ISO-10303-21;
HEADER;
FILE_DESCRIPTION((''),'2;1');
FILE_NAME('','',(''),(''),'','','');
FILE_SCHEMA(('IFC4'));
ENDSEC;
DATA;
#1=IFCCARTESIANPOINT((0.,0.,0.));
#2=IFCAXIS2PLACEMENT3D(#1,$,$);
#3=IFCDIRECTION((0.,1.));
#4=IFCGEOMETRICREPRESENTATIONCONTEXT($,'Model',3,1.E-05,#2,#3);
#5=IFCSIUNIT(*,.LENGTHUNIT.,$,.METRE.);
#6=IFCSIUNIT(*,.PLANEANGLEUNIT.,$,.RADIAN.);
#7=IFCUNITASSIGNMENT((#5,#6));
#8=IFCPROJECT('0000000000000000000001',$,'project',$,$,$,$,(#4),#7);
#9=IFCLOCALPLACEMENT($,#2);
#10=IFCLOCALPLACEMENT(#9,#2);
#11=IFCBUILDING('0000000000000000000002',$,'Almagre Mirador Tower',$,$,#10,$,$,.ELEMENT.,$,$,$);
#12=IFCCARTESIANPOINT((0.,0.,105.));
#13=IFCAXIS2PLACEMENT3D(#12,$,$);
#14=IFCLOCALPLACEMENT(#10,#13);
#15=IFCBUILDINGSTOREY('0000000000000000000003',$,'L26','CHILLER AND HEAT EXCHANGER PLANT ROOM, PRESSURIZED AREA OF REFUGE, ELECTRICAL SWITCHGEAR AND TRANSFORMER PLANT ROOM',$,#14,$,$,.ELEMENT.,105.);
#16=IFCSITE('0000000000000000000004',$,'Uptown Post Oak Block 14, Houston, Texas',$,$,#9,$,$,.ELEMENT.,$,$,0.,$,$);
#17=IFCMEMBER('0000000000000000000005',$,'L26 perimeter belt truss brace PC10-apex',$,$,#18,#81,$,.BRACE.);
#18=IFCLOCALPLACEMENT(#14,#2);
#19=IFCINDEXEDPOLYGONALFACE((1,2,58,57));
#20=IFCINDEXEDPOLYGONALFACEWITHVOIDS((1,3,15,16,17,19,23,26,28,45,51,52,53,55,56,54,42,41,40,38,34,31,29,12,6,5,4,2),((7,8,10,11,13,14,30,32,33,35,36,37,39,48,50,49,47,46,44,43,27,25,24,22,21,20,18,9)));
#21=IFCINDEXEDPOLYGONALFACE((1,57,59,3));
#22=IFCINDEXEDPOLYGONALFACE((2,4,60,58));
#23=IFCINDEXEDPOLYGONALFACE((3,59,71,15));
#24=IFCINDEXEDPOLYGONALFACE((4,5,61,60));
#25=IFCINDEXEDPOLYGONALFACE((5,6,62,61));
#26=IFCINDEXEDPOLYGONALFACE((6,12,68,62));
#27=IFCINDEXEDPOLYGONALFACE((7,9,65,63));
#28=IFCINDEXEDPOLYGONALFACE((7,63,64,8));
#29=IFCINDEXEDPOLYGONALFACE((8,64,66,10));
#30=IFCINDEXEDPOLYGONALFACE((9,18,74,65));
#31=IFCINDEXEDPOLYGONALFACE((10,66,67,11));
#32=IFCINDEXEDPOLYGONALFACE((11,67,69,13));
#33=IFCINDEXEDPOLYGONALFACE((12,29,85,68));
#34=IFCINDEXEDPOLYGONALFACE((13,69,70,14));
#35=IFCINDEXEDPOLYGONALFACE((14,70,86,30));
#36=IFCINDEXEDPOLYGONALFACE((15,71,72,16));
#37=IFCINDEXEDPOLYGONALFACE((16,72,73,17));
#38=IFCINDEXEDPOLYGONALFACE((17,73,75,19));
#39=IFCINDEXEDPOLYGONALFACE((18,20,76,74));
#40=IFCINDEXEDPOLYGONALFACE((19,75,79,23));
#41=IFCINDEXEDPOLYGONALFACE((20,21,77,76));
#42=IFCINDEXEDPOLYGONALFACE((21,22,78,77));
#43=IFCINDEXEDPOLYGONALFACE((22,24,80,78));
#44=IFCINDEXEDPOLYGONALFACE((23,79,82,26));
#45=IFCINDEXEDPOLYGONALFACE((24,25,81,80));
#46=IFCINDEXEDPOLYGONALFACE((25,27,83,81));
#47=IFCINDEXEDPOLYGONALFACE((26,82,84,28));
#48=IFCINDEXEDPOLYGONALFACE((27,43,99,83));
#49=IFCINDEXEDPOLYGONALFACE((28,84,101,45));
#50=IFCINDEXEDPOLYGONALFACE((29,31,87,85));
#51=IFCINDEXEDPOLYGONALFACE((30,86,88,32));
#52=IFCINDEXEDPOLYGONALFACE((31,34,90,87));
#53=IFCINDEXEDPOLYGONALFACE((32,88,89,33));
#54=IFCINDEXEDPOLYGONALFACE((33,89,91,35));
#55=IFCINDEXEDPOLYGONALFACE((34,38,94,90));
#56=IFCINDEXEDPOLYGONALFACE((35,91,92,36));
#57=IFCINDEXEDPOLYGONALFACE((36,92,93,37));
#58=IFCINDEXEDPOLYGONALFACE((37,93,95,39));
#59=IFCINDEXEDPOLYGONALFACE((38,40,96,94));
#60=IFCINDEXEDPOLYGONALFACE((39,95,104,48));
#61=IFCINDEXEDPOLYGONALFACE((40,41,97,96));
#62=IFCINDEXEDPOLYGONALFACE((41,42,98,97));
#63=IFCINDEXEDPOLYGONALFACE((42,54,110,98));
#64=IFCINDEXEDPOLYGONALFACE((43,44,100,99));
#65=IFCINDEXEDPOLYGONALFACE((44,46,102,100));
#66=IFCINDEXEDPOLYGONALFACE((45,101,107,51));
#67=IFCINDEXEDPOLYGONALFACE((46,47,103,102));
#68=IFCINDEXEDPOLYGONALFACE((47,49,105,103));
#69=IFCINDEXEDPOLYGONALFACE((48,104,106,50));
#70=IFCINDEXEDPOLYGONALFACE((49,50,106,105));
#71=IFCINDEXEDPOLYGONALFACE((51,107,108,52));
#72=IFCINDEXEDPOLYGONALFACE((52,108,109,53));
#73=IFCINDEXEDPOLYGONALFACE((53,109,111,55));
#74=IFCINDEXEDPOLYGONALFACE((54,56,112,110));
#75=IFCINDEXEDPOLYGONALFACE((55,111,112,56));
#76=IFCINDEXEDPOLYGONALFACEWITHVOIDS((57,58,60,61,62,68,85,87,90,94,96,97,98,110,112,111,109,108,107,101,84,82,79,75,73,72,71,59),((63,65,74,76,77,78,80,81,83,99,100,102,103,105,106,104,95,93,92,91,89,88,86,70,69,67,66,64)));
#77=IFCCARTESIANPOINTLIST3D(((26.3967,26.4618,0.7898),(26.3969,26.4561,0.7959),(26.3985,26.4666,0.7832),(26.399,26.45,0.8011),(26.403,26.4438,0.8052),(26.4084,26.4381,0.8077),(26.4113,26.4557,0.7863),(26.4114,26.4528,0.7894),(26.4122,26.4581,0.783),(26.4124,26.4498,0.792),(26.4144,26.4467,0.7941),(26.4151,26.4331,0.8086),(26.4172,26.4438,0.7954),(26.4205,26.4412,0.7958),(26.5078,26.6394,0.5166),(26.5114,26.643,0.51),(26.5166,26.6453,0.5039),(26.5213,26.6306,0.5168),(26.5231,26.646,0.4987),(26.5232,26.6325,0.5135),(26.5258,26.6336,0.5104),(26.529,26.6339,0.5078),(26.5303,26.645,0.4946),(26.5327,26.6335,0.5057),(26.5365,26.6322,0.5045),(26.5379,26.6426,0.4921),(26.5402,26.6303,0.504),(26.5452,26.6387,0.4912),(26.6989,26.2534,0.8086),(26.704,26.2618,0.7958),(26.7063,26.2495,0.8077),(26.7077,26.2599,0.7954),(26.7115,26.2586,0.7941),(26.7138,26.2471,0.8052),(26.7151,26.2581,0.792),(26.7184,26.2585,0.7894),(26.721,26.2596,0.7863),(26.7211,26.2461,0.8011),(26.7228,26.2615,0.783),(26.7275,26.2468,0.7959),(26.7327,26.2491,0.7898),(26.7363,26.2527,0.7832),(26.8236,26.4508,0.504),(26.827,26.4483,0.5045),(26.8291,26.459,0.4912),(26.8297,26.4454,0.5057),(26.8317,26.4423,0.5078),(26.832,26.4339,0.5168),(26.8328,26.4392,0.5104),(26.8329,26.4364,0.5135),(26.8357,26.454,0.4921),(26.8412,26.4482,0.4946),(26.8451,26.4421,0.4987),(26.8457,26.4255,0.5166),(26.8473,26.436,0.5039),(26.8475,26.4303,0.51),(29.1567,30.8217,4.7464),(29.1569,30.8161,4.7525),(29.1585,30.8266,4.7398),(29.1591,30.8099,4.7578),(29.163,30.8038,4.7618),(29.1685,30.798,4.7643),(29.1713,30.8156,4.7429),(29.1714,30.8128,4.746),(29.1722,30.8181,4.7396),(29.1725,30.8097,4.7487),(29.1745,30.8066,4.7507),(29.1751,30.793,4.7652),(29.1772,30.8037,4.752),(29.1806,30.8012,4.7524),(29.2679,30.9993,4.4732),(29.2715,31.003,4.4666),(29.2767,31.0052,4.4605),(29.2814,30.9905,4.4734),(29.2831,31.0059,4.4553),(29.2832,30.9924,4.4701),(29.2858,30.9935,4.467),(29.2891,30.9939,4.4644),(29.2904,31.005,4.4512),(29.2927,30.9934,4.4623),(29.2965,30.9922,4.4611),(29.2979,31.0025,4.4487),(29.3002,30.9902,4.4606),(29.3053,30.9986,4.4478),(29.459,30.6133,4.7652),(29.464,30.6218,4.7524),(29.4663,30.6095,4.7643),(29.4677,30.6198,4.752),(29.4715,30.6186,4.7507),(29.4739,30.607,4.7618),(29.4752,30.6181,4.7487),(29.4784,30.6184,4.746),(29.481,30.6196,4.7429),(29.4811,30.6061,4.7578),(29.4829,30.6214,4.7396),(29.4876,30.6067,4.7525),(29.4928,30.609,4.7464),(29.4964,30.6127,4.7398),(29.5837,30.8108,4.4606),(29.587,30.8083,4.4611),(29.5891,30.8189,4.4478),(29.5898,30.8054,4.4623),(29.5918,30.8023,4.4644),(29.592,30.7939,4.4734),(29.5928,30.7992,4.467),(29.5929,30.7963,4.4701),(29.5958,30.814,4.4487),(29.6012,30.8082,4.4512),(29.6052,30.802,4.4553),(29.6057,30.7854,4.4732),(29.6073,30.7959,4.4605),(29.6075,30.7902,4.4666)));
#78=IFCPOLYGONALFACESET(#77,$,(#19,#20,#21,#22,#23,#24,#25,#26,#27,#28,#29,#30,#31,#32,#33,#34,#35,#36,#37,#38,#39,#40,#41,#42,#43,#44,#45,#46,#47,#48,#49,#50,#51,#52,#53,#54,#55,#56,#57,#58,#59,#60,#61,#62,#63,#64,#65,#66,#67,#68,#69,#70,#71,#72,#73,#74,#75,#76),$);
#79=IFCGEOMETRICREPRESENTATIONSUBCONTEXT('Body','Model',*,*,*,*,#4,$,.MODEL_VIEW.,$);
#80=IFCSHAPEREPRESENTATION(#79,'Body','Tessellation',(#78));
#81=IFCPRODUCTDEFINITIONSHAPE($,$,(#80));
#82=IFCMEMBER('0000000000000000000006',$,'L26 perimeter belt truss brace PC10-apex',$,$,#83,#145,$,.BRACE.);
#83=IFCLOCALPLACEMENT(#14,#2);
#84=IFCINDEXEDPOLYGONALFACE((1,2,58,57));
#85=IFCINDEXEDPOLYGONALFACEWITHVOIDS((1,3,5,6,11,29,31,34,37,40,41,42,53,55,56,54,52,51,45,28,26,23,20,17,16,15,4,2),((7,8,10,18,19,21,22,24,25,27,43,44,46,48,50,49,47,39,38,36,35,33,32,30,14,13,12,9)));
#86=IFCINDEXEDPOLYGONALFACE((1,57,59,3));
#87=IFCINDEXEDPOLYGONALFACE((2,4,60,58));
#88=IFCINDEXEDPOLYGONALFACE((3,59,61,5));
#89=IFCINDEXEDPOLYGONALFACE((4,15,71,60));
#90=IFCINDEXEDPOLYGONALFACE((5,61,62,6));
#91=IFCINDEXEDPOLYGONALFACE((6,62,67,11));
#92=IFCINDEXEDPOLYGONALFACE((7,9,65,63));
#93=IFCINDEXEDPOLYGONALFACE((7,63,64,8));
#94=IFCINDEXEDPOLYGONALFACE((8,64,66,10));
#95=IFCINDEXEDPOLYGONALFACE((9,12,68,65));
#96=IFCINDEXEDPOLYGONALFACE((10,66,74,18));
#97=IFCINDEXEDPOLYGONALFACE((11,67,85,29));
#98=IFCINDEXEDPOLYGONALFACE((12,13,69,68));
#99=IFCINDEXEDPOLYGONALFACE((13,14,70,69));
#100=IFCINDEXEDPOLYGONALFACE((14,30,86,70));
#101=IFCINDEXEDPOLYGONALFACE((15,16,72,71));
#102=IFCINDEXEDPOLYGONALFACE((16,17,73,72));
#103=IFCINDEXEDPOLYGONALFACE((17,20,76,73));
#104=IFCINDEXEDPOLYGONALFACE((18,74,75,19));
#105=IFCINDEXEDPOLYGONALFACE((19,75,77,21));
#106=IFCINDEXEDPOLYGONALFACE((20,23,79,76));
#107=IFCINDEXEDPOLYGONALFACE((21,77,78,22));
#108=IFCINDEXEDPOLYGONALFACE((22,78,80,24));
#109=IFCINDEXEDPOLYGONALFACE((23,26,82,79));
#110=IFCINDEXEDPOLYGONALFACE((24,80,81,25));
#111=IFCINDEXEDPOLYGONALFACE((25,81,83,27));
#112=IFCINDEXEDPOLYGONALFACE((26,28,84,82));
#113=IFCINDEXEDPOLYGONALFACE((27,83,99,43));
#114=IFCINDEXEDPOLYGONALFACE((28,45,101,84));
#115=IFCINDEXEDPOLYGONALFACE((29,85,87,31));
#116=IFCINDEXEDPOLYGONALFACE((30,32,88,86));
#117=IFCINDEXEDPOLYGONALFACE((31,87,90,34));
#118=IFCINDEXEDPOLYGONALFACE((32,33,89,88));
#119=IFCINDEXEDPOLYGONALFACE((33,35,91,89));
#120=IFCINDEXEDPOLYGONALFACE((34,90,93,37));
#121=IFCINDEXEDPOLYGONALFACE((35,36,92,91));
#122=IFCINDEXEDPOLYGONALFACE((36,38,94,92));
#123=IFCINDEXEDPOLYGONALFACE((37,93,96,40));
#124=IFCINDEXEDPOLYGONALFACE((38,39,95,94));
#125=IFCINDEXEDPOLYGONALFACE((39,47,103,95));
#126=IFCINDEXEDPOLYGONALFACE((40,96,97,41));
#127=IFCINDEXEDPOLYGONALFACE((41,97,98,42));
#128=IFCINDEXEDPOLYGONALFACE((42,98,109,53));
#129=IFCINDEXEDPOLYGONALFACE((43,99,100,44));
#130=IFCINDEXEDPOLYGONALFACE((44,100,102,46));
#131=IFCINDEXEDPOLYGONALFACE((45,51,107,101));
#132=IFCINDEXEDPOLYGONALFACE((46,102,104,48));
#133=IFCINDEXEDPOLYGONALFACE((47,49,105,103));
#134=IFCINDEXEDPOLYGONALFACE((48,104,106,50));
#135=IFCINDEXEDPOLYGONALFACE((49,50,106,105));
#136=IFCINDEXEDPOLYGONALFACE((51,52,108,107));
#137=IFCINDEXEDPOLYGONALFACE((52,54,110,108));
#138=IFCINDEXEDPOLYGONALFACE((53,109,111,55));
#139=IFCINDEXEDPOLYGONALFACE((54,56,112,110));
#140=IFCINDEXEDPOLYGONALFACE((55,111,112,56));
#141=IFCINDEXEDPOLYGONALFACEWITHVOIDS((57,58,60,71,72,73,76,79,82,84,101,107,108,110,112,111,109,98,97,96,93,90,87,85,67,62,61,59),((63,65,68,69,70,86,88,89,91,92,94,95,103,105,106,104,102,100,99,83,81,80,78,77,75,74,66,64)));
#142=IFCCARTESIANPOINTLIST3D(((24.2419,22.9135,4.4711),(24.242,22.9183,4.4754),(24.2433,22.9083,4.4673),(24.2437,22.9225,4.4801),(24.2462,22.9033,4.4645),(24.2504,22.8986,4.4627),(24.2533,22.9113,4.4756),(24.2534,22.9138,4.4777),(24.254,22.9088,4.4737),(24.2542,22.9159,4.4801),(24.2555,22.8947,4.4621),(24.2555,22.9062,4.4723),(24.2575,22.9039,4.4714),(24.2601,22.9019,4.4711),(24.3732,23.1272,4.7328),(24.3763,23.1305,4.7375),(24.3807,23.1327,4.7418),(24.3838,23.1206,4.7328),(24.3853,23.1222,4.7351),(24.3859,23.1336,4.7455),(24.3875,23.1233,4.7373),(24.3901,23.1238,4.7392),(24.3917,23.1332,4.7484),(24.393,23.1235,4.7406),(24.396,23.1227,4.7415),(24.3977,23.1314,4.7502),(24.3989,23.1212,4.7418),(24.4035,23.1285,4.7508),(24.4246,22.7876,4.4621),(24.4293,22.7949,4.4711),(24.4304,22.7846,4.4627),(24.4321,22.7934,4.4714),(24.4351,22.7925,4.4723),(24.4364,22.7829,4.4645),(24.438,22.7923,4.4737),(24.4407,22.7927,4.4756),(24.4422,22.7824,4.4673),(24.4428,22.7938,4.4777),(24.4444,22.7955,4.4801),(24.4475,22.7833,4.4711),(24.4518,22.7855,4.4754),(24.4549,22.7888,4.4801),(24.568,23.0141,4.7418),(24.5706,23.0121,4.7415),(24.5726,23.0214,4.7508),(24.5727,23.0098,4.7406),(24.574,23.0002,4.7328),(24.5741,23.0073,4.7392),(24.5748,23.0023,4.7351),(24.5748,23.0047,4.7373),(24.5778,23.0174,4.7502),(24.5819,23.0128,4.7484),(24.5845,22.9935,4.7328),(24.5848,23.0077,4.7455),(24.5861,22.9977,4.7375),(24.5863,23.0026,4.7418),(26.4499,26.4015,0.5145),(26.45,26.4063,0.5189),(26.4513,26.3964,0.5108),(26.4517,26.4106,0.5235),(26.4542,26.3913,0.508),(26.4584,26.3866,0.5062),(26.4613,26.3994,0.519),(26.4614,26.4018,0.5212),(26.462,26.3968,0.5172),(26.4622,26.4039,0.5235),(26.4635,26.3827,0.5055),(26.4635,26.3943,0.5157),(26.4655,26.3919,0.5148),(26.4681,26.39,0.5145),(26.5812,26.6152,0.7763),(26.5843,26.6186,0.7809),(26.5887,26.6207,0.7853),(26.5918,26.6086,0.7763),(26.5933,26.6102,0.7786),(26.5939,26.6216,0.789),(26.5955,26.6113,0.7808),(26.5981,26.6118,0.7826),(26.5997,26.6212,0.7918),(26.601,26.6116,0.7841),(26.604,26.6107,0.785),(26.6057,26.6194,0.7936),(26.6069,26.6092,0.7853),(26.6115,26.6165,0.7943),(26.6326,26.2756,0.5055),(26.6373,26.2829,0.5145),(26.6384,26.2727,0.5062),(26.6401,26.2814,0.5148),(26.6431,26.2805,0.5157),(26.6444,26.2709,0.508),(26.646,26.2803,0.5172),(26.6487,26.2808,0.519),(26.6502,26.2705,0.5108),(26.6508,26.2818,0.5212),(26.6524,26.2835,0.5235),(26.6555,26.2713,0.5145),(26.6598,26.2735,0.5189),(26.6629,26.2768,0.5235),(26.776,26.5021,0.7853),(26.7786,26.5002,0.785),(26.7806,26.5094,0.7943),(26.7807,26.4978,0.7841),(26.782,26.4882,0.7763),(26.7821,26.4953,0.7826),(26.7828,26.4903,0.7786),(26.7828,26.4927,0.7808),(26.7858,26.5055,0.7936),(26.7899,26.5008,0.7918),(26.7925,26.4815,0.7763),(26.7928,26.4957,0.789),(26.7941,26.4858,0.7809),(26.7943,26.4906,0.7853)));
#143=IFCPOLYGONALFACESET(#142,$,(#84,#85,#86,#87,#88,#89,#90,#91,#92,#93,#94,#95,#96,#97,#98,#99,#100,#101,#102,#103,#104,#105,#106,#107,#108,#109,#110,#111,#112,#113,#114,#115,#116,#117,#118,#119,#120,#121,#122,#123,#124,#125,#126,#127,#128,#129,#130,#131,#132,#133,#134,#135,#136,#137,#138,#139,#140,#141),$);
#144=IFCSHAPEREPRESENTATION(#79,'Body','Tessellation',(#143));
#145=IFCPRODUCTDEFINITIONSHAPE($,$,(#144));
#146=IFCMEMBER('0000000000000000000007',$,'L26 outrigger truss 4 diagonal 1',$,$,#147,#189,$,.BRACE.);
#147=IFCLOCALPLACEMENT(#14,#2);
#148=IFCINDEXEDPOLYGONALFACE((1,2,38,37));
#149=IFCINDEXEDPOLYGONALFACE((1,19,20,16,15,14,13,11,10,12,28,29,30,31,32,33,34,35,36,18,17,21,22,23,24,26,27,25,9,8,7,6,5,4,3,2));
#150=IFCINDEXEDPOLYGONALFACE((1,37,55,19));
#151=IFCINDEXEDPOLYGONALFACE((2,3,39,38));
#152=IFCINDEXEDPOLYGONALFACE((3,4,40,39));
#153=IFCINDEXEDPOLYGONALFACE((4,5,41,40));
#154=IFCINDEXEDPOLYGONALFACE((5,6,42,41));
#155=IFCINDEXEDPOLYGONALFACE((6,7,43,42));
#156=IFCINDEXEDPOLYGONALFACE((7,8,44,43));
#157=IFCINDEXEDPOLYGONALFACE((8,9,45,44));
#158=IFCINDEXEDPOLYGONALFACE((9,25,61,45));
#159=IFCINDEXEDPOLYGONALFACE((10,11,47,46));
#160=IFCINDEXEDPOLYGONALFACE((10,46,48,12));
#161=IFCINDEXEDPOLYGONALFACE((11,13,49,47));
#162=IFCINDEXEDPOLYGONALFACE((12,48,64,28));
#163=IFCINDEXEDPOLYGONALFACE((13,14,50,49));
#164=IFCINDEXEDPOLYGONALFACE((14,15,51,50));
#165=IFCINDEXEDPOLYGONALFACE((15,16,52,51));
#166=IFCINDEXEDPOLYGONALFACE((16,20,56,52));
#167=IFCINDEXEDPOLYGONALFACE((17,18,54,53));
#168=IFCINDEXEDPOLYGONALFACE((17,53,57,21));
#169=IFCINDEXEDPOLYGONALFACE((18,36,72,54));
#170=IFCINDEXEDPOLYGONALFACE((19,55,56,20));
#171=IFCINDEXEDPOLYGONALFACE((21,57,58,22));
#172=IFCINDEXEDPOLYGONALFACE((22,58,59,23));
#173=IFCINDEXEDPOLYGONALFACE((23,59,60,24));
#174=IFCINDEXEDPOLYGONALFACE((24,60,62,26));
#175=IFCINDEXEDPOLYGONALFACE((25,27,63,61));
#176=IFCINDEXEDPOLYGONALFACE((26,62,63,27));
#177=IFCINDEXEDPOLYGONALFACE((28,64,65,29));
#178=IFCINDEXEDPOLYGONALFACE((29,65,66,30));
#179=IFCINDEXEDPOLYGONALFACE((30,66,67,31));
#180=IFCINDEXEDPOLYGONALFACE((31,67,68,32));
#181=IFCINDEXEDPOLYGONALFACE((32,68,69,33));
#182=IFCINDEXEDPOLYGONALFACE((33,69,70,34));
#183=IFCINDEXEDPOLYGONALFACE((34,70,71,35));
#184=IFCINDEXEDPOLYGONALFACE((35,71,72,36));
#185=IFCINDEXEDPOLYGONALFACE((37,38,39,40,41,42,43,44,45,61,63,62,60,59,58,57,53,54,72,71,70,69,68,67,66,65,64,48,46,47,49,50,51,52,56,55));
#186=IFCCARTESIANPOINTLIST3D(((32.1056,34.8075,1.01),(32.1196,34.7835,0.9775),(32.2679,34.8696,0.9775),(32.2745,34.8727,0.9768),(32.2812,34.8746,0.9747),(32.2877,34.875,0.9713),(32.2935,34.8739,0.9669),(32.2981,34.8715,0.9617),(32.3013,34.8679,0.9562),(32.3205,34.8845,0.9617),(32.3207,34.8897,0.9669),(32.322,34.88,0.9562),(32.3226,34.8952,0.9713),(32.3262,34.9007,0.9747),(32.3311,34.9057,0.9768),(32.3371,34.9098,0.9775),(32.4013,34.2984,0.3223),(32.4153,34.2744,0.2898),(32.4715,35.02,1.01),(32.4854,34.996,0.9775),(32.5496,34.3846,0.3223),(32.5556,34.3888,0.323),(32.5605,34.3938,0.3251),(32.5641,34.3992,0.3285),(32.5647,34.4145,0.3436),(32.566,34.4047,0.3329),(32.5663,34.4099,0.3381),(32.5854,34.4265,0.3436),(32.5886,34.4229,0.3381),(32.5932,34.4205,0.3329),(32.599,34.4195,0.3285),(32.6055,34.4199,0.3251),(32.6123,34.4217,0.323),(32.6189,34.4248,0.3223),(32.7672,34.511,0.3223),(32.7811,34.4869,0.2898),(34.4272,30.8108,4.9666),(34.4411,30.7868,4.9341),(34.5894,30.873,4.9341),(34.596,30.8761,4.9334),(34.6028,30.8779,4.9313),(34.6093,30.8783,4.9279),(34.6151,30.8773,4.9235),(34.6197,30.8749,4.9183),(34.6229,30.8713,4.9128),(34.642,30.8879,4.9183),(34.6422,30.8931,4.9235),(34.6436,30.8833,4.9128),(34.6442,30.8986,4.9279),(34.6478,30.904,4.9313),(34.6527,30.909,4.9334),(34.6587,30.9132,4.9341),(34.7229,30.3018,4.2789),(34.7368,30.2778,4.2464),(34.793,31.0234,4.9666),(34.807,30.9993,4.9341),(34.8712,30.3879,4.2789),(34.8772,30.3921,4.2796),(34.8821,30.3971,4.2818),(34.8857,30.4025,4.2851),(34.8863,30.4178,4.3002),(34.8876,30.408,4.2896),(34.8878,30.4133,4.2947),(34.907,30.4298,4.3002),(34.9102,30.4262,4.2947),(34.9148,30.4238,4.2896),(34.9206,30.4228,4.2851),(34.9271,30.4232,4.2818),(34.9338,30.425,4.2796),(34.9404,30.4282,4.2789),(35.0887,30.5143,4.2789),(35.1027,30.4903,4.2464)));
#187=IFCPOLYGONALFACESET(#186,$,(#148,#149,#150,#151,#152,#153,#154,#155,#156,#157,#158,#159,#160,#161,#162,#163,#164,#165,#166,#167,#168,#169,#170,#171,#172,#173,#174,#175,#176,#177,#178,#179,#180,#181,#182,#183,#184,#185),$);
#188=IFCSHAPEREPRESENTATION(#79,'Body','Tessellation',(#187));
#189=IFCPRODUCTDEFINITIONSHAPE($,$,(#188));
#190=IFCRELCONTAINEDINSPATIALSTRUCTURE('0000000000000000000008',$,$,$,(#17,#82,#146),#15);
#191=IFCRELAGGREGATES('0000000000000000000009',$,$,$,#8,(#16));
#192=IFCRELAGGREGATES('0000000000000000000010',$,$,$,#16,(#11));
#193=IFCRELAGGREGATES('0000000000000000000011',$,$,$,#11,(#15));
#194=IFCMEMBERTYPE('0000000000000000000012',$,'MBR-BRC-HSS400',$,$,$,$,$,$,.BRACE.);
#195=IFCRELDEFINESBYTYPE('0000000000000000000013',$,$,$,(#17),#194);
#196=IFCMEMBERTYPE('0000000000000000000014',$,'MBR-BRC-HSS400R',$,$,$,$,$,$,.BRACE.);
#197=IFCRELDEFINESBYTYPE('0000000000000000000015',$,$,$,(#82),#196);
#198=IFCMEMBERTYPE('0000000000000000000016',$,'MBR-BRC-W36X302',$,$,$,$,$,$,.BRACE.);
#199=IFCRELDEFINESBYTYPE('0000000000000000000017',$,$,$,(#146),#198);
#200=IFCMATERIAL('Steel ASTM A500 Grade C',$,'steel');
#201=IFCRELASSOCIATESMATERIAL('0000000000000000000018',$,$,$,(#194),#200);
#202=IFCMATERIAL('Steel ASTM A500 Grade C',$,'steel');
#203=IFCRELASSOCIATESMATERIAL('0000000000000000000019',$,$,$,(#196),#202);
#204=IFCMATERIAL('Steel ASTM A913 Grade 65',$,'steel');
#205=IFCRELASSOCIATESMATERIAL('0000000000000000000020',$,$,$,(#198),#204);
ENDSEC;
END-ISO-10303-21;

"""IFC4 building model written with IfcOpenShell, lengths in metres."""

from ifc_helpers import new_model, si_unit, direction, frame, origin, origin_2d, place, context, subcontext, project, spatial, hollow_rectangle, i_section, extrude, material, material_profile, profile_set, type_object, element, save


model = new_model("IFC4")

# Units and contexts
model_context = context("Model", 3, precision=1e-05, world=origin(), true_north=direction((0.0, 1.0)))
body_context = subcontext(model_context, "Body", "Model", "MODEL_VIEW")
ifc_project = project(units=[si_unit("LENGTHUNIT", "METRE"), si_unit("PLANEANGLEUNIT", "RADIAN")], contexts=[model_context])

# Site, building, storey
site_placement = place(None, origin())
site = spatial("IfcSite", under=ifc_project, at=site_placement, Name="Uptown Post Oak Block 14, Houston, Texas", CompositionType="ELEMENT", RefElevation=0.0)
building_placement = place(site_placement, origin())
building = spatial("IfcBuilding", under=site, at=building_placement, Name="Almagre Mirador Tower", CompositionType="ELEMENT")
storey_placement = place(building_placement, frame((0.0, 0.0, 105.0)))
storey = spatial("IfcBuildingStorey", under=building, at=storey_placement, Name="L26", Description="CHILLER AND HEAT EXCHANGER PLANT ROOM, PRESSURIZED AREA OF REFUGE, ELECTRICAL SWITCHGEAR AND TRANSFORMER PLANT ROOM", CompositionType="ELEMENT", Elevation=105.0)

# Members
ifc_material_1 = material(Name="Steel ASTM A500 Grade C", Category="steel")
ifc_material_profile_1 = material_profile(ifc_material_1, hollow_rectangle(XDim=0.3999, YDim=0.3999, WallThickness=0.0161, InnerFilletRadius=0.0161, OuterFilletRadius=0.032, at=origin_2d()), Name="HSS400X400X16")
ifc_profile_set_1 = profile_set([ifc_material_profile_1], Name="Steel ASTM A500 Grade C")
member_type_1 = type_object("IfcMemberType", Name="MBR-BRC-HSS400", PredefinedType="BRACE", material=ifc_profile_set_1)
for number, where, z_axis, x_axis, name in (
    (1, (26.6221, 26.446, 0.6499), (0.424465, 0.670508, 0.608481), (-0.844927, 0.534881, 0.0), "L26 perimeter belt truss brace PC10-apex"),
):
    element("IfcMember", number, at=place(storey_placement, frame(where, z_axis=z_axis, x_axis=x_axis)), inside=storey, type_object=member_type_1, Name=name, PredefinedType="BRACE", context=body_context, shape_type="SweptSolid", body=[
        extrude(hollow_rectangle(XDim=0.3999, YDim=0.3999, WallThickness=0.0161, InnerFilletRadius=0.0161, OuterFilletRadius=0.032, at=origin_2d()), origin(), (0.0, 0.0, 1.0), 6.5024),
    ])
ifc_material_2 = material(Name="Steel ASTM A500 Grade C", Category="steel")
ifc_material_profile_2 = material_profile(ifc_material_2, hollow_rectangle(XDim=0.25, YDim=0.3999, WallThickness=0.0125, InnerFilletRadius=0.0125, OuterFilletRadius=0.0249, at=origin_2d()), Name="HSS400X250X12.5")
ifc_profile_set_2 = profile_set([ifc_material_profile_2], Name="Steel ASTM A500 Grade C")
member_type_2 = type_object("IfcMemberType", Name="MBR-BRC-HSS400R", PredefinedType="BRACE", material=ifc_profile_set_2)
member_1_placement = place(storey_placement, frame((26.6221, 26.446, 0.6499), z_axis=(-0.386148, -0.610006, 0.691941), x_axis=(0.844938, -0.534865, 0.0)))
element("IfcMember", 2, at=member_1_placement, inside=storey, type_object=member_type_2, Name="L26 perimeter belt truss brace PC10-apex", PredefinedType="BRACE", context=body_context, shape_type="SweptSolid", body=[
    extrude(hollow_rectangle(XDim=0.25, YDim=0.3999, WallThickness=0.0125, InnerFilletRadius=0.0125, OuterFilletRadius=0.0249, at=origin_2d()), origin(), (0.0, 0.0, 1.0), 5.718),
])
ifc_material_3 = material(Name="Steel ASTM A913 Grade 65", Category="steel")
ifc_material_profile_3 = material_profile(ifc_material_3, i_section(OverallWidth=0.4231, OverallDepth=0.948, WebThickness=0.0239, FlangeThickness=0.0427, FilletRadius=0.0281, at=origin_2d()), Name="W36X302")
ifc_profile_set_3 = profile_set([ifc_material_profile_3], Name="Steel ASTM A913 Grade 65")
member_type_3 = type_object("IfcMemberType", Name="MBR-BRC-W36X302", PredefinedType="BRACE", material=ifc_profile_set_3)
member_2_placement = place(storey_placement, frame((32.4434, 34.6472, 0.6499), z_axis=(0.381573, -0.656888, 0.650307), x_axis=(0.864701, 0.502287, 0.0)))
element("IfcMember", 3, at=member_2_placement, inside=storey, type_object=member_type_3, Name="L26 outrigger truss 4 diagonal 1", PredefinedType="BRACE", context=body_context, shape_type="SweptSolid", body=[
    extrude(i_section(OverallWidth=0.4231, OverallDepth=0.948, WebThickness=0.0239, FlangeThickness=0.0427, FilletRadius=0.0281, at=origin_2d()), origin(), (0.0, 0.0, 1.0), 6.0842),
])

save(model, "model.ifc")
